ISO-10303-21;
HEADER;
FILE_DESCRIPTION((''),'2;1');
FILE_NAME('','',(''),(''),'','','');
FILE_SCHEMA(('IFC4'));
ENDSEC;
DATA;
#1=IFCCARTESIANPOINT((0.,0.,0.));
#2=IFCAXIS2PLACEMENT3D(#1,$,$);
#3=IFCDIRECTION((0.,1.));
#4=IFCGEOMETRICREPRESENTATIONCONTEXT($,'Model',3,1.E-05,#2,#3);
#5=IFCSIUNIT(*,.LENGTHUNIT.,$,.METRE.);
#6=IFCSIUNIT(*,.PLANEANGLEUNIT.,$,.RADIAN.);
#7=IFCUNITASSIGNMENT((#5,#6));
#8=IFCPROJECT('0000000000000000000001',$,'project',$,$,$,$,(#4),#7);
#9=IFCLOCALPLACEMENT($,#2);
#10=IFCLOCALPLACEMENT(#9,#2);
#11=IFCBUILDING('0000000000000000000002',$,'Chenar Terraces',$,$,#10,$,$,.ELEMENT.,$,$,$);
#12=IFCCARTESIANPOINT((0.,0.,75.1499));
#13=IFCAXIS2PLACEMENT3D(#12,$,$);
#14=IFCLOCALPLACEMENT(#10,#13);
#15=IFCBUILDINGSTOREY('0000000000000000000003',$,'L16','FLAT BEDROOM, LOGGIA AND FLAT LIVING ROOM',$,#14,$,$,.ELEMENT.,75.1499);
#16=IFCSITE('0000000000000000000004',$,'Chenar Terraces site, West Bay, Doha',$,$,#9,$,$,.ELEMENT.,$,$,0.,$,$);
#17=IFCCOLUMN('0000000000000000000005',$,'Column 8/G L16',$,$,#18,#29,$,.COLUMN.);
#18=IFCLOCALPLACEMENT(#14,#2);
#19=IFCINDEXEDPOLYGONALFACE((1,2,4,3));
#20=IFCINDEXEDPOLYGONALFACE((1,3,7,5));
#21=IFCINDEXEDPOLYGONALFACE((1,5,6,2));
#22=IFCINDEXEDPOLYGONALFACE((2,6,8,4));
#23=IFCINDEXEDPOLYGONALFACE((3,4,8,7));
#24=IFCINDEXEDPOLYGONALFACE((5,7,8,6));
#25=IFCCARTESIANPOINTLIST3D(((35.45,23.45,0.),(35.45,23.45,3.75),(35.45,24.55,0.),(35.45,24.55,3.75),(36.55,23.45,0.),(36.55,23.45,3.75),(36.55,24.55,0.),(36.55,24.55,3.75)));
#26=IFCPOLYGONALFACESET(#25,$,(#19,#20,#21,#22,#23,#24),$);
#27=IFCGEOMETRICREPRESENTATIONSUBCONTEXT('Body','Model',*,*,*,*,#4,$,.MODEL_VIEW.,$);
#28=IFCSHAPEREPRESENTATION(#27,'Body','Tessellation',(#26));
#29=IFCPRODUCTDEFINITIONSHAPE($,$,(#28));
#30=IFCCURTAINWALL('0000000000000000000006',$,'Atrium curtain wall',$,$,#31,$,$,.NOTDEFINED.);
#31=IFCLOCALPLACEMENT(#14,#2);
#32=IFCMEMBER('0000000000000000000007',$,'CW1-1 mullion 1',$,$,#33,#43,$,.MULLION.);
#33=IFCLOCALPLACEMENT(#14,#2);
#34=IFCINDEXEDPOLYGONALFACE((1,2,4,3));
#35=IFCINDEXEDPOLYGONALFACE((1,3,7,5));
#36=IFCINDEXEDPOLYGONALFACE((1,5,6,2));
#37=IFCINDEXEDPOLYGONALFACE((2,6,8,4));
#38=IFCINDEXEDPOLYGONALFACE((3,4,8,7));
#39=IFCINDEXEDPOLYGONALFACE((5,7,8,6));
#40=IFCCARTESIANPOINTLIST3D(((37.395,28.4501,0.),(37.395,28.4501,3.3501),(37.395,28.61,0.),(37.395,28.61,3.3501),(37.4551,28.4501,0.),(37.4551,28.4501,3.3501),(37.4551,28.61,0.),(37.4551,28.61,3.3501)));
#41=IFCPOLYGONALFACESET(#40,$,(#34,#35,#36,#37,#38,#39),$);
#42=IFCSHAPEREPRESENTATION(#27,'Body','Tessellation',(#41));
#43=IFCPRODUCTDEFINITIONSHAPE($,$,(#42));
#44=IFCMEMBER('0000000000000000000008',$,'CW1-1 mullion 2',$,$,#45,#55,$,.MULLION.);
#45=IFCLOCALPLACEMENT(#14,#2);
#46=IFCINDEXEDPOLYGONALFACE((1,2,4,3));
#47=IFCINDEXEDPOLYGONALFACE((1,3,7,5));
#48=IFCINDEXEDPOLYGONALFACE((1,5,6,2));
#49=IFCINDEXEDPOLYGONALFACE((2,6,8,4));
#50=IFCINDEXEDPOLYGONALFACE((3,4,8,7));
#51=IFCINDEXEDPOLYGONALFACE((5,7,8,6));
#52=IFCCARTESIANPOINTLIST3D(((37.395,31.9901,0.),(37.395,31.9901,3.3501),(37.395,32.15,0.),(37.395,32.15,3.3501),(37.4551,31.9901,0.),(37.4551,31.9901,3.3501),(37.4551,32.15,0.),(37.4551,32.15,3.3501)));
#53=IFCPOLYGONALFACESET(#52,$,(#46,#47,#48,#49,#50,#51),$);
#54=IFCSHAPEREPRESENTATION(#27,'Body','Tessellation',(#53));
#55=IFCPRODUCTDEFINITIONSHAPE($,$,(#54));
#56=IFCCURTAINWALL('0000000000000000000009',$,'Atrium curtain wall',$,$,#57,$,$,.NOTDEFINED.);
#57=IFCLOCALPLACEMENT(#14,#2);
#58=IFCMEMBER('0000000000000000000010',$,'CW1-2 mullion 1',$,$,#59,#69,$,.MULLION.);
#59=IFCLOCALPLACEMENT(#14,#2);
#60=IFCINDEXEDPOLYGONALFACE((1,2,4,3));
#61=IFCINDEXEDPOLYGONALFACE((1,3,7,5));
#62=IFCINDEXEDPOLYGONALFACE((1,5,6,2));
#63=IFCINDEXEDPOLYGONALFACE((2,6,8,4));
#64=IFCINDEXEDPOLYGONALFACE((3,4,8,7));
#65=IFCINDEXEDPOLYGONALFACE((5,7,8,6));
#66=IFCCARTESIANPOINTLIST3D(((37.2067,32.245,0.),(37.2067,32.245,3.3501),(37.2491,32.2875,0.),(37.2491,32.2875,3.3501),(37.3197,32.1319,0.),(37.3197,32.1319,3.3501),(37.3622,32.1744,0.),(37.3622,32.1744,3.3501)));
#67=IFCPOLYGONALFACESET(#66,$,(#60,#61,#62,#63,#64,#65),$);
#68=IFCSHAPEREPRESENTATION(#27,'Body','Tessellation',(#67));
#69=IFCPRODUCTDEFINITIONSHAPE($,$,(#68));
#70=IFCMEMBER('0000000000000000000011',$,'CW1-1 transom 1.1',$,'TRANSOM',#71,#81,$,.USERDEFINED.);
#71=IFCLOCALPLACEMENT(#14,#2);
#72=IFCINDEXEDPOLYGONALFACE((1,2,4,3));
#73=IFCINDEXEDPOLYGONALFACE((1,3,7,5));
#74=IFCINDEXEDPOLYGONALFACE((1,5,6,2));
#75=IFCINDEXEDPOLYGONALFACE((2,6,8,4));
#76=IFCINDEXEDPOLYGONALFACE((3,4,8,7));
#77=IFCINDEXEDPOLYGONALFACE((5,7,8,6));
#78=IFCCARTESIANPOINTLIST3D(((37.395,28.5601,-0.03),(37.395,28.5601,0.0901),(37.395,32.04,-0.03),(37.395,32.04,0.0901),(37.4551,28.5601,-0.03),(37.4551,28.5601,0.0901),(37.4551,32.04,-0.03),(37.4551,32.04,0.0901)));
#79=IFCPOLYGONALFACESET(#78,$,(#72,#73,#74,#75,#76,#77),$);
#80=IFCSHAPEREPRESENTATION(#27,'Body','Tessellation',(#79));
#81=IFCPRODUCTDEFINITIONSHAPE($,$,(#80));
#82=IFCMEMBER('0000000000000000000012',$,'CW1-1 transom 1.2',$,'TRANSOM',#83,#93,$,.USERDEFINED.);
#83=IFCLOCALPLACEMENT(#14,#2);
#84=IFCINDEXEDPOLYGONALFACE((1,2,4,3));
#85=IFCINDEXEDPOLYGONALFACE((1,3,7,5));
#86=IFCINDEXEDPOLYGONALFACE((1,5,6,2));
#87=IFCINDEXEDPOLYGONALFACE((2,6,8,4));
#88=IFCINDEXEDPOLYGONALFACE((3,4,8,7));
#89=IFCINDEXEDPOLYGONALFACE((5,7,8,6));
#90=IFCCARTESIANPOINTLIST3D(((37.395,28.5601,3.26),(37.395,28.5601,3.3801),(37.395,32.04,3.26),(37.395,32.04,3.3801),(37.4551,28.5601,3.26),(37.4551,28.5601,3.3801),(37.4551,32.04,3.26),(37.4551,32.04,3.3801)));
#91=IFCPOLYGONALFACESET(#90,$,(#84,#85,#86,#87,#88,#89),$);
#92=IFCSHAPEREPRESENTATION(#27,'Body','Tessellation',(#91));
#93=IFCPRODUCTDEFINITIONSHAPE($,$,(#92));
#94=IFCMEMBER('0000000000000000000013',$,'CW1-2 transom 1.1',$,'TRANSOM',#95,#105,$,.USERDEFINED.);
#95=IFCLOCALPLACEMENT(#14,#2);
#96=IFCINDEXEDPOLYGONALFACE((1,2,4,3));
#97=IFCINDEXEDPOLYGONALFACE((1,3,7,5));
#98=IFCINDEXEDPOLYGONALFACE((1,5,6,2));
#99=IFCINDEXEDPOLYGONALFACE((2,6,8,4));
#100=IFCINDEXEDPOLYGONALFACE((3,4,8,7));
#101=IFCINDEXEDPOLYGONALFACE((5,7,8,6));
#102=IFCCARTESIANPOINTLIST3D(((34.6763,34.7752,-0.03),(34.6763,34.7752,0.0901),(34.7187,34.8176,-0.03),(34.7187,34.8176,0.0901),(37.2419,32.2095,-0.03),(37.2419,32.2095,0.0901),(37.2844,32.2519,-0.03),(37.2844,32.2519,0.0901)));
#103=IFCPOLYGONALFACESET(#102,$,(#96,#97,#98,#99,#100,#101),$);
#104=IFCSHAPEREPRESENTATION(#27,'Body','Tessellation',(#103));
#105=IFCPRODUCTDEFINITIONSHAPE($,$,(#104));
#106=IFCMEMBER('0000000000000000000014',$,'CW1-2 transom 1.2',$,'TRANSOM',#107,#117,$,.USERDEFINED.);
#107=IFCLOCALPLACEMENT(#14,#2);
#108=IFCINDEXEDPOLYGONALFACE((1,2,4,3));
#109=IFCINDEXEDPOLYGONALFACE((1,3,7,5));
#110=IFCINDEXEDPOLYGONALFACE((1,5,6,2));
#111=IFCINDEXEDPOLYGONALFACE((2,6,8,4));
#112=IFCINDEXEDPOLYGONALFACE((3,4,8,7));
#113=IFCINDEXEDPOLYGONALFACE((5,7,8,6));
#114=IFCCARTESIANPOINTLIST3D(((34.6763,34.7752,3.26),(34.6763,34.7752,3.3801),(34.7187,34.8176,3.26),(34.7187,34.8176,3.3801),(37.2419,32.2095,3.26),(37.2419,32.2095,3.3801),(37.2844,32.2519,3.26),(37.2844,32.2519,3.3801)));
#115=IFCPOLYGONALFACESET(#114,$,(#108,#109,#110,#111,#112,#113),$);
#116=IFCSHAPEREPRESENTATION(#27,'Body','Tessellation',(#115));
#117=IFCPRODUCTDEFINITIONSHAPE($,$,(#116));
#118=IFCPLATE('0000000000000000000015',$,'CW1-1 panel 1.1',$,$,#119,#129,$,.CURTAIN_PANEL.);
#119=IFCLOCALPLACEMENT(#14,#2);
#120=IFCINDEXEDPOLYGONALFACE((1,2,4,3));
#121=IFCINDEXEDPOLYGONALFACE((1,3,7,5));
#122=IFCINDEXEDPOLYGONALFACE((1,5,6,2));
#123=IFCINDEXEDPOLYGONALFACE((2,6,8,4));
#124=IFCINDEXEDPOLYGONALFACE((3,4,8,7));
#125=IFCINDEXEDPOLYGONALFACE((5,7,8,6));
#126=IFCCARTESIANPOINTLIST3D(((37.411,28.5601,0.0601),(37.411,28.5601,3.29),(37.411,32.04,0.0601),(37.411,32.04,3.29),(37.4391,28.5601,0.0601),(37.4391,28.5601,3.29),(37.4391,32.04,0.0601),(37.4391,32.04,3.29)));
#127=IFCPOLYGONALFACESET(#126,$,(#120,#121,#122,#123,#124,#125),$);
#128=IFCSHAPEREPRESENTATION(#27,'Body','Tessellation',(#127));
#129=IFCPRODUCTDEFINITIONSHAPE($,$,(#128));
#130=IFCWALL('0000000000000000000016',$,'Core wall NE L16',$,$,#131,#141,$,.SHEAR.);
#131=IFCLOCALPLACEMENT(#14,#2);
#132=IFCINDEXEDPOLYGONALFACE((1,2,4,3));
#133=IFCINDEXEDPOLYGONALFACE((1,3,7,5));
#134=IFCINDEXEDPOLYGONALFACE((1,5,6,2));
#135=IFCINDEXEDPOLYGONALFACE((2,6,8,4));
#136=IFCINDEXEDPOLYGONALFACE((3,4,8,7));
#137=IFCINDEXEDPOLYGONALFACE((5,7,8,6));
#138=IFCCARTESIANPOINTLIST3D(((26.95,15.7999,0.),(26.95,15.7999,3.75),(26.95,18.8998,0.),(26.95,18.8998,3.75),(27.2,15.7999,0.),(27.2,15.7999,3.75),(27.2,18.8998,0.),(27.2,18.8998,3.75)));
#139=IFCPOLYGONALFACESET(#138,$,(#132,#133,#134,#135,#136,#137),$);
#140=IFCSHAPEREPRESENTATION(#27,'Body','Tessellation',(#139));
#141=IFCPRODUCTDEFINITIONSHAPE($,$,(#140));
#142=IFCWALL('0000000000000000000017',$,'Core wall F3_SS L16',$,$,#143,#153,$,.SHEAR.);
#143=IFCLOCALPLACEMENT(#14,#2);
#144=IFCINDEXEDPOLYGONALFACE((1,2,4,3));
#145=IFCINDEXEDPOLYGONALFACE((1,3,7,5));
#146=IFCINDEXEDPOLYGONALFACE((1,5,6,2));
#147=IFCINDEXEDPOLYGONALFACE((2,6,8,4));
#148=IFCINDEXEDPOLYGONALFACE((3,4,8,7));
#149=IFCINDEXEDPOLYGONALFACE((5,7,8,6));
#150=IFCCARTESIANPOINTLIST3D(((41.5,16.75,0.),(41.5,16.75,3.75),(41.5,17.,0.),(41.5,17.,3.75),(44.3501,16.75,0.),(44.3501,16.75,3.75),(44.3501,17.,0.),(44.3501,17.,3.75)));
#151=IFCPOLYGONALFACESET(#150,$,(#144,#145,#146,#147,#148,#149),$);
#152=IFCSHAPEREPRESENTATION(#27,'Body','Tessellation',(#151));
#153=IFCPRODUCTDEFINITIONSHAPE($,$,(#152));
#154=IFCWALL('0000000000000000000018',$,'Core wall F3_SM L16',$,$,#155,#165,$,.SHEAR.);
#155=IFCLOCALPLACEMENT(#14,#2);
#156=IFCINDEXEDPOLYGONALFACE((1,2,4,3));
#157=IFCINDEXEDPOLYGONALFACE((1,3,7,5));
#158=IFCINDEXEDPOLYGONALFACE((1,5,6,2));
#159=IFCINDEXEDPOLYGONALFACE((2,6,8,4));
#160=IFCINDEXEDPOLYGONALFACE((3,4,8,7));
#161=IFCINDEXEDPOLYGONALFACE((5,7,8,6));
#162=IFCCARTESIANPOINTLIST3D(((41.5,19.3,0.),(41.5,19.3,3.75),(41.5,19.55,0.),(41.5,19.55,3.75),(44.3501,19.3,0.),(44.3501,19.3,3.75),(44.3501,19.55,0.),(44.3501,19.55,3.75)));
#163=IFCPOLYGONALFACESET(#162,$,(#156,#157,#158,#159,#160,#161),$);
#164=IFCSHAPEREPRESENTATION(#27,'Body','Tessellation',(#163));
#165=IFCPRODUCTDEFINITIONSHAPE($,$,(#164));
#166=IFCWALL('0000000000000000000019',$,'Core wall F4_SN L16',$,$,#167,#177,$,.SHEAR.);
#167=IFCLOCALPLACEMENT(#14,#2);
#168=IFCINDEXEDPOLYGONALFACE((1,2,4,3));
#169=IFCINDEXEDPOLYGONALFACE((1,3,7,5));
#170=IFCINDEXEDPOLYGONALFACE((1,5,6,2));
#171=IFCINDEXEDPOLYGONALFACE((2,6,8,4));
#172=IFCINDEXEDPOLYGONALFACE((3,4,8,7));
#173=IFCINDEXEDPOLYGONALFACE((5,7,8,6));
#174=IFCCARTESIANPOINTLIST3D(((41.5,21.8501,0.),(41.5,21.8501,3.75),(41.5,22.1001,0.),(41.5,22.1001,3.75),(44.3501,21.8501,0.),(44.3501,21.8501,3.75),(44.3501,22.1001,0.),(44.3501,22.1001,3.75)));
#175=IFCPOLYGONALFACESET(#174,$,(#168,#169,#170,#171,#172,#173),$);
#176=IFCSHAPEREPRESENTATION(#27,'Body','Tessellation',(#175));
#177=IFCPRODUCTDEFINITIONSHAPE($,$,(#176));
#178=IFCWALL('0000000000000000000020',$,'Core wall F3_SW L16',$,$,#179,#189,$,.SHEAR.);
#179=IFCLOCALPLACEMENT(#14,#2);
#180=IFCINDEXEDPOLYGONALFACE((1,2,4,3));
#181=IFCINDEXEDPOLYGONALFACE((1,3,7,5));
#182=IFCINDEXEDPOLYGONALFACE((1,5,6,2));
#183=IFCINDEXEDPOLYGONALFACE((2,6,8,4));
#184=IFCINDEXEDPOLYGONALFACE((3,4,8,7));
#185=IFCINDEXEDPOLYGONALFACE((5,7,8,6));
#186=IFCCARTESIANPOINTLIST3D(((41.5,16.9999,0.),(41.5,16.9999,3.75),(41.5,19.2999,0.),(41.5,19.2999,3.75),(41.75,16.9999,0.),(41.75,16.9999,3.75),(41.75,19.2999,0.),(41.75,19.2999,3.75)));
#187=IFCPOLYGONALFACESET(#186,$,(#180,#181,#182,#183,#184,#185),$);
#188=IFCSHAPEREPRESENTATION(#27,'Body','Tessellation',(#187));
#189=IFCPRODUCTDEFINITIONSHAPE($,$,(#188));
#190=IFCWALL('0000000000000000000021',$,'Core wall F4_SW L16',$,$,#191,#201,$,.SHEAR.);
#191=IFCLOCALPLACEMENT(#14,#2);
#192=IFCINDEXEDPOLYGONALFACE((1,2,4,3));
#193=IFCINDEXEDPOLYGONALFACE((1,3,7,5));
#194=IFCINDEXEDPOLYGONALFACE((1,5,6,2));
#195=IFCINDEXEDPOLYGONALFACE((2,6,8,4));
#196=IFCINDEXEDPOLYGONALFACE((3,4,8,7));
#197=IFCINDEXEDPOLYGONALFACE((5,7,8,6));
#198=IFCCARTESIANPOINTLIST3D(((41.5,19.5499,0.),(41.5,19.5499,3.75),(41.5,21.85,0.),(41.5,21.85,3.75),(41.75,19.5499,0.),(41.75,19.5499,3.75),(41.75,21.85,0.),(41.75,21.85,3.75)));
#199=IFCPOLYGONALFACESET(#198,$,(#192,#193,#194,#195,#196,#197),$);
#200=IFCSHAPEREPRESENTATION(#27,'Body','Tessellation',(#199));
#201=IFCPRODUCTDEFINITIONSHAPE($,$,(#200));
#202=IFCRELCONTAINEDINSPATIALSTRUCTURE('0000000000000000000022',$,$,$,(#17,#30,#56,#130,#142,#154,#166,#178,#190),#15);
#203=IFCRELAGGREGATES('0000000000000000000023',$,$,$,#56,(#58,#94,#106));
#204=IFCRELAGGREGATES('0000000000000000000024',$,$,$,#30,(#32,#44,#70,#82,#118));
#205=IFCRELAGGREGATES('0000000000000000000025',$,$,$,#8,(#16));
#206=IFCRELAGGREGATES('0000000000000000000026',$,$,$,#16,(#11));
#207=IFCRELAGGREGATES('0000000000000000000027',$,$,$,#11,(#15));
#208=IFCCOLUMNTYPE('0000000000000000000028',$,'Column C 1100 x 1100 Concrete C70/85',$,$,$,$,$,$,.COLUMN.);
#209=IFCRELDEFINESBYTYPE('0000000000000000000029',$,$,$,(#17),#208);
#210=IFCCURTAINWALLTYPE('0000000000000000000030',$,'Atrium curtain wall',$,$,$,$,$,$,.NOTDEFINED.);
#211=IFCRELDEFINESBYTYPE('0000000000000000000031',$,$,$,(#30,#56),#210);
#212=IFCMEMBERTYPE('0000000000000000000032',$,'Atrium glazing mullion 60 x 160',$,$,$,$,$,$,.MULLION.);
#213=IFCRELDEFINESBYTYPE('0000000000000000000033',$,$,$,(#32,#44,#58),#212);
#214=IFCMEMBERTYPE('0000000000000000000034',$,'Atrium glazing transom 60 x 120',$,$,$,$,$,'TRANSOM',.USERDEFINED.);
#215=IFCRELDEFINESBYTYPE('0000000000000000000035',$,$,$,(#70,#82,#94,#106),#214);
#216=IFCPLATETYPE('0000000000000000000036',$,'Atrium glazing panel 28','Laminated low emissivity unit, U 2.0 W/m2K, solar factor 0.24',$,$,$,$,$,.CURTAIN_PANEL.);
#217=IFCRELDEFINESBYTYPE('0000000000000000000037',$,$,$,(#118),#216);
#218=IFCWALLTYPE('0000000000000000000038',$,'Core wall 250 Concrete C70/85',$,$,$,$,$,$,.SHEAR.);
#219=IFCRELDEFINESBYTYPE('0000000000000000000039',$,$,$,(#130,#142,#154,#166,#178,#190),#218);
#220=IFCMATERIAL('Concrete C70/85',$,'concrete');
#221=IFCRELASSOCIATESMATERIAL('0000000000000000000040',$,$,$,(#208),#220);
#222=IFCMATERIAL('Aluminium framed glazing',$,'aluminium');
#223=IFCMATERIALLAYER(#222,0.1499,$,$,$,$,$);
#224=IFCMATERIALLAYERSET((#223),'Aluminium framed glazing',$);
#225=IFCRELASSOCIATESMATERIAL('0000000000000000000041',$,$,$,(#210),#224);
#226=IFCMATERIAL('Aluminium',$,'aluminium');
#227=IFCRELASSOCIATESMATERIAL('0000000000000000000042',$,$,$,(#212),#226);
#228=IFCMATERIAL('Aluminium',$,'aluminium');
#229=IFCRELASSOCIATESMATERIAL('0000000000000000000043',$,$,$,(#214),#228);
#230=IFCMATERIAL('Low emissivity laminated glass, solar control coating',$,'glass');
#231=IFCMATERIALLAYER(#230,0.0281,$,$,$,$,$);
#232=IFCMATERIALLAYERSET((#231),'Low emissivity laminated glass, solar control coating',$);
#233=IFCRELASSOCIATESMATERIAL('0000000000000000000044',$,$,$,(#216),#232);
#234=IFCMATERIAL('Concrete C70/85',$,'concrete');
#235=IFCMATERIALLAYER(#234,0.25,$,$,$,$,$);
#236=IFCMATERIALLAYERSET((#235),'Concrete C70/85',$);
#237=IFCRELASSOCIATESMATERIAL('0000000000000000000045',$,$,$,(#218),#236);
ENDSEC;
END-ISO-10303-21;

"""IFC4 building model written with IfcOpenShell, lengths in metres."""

from ifc_helpers import new_model, si_unit, direction, frame, frame_2d, origin, origin_2d, place, context, subcontext, project, spatial, rectangle, extrude, material, layer, layer_set, material_profile, profile_set, type_object, element, aggregate, save


model = new_model("IFC4")

# Units and contexts
model_context = context("Model", 3, precision=1e-05, world=origin(), true_north=direction((0.0, 1.0)))
body_context = subcontext(model_context, "Body", "Model", "MODEL_VIEW")
ifc_project = project(units=[si_unit("LENGTHUNIT", "METRE"), si_unit("PLANEANGLEUNIT", "RADIAN")], contexts=[model_context])

# Site, building, storey
site_placement = place(None, origin())
site = spatial("IfcSite", under=ifc_project, at=site_placement, Name="Chenar Terraces site, West Bay, Doha", CompositionType="ELEMENT", RefElevation=0.0)
building_placement = place(site_placement, origin())
building = spatial("IfcBuilding", under=site, at=building_placement, Name="Chenar Terraces", CompositionType="ELEMENT")
storey_placement = place(building_placement, frame((0.0, 0.0, 75.1499)))
storey = spatial("IfcBuildingStorey", under=building, at=storey_placement, Name="L16", Description="FLAT BEDROOM, LOGGIA AND FLAT LIVING ROOM", CompositionType="ELEMENT", Elevation=75.1499)

# Column
ifc_material_1 = material(Name="Concrete C70/85", Category="concrete")
ifc_material_profile_1 = material_profile(ifc_material_1, rectangle(XDim=1.1001, YDim=1.1001, at=origin_2d()), Name="C 1100 x 1100")
ifc_profile_set_1 = profile_set([ifc_material_profile_1], Name="Concrete C70/85")
column_type = type_object("IfcColumnType", Name="Column C 1100 x 1100 Concrete C70/85", PredefinedType="COLUMN", material=ifc_profile_set_1)
column_placement = place(storey_placement, frame((36.0, 24.0, 0.0), z_axis=(0.0, 0.0, 1.0), x_axis=(1.0, 0.0, 0.0)))
element("IfcColumn", 1, at=column_placement, inside=storey, type_object=column_type, Name="Column 8/G L16", PredefinedType="COLUMN", context=body_context, shape_type="SweptSolid", body=[
    extrude(rectangle(XDim=1.1001, YDim=1.1001, at=origin_2d()), origin(), (0.0, 0.0, 1.0), 3.75),
])

# Curtain wall, members
ifc_material_2 = material(Name="Aluminium framed glazing", Category="aluminium")
ifc_layer_1 = layer(ifc_material_2, 0.1499)
ifc_layer_set_1 = layer_set([ifc_layer_1], Name="Aluminium framed glazing")
curtain_wall_type = type_object("IfcCurtainWallType", Name="Atrium curtain wall", PredefinedType="NOTDEFINED", material=ifc_layer_set_1)
placement = place(storey_placement, origin())
curtain_wall_1 = element("IfcCurtainWall", 2, at=placement, inside=storey, type_object=curtain_wall_type, Name="Atrium curtain wall", PredefinedType="NOTDEFINED")
ifc_material_3 = material(Name="Aluminium", Category="aluminium")
ifc_material_profile_2 = material_profile(ifc_material_3, rectangle(XDim=0.0601, YDim=0.1599, at=origin_2d()), Name="Atrium glazing mullion 60 x 160")
ifc_profile_set_2 = profile_set([ifc_material_profile_2], Name="Aluminium")
member_type_1 = type_object("IfcMemberType", Name="Atrium glazing mullion 60 x 160", PredefinedType="MULLION", material=ifc_profile_set_2)
member_1_placement = place(storey_placement, frame((37.425, 28.53, 0.0), z_axis=(0.0, 0.0, 1.0), x_axis=(-1.0, 0.0, 0.0)))
member_1 = element("IfcMember", 3, at=member_1_placement, type_object=member_type_1, Name="CW1-1 mullion 1", PredefinedType="MULLION", context=body_context, shape_type="SweptSolid", body=[
    extrude(rectangle(XDim=0.0601, YDim=0.1599, at=origin_2d()), origin(), (0.0, 0.0, 1.0), 3.3501),
])
member_2_placement = place(storey_placement, frame((37.425, 32.0701, 0.0), z_axis=(0.0, 0.0, 1.0), x_axis=(-1.0, 0.0, 0.0)))
member_2 = element("IfcMember", 4, at=member_2_placement, type_object=member_type_1, Name="CW1-1 mullion 2", PredefinedType="MULLION", context=body_context, shape_type="SweptSolid", body=[
    extrude(rectangle(XDim=0.0601, YDim=0.1599, at=origin_2d()), origin(), (0.0, 0.0, 1.0), 3.3501),
])

# Curtain wall, member
curtain_wall_2 = element("IfcCurtainWall", 5, at=placement, inside=storey, type_object=curtain_wall_type, Name="Atrium curtain wall", PredefinedType="NOTDEFINED")
member_3_placement = place(storey_placement, frame((37.2844, 32.2097, 0.0), z_axis=(0.0, 0.0, 1.0), x_axis=(-0.707107, -0.707107, 0.0)))
member_3 = element("IfcMember", 6, at=member_3_placement, type_object=member_type_1, Name="CW1-2 mullion 1", PredefinedType="MULLION", context=body_context, shape_type="SweptSolid", body=[
    extrude(rectangle(XDim=0.0601, YDim=0.1599, at=origin_2d()), origin(), (0.0, 0.0, 1.0), 3.3501),
])

# Members
ifc_material_4 = material(Name="Aluminium", Category="aluminium")
ifc_material_profile_3 = material_profile(ifc_material_4, rectangle(XDim=0.0601, YDim=0.1201, at=origin_2d()), Name="Atrium glazing transom 60 x 120")
ifc_profile_set_3 = profile_set([ifc_material_profile_3], Name="Aluminium")
member_type_2 = type_object("IfcMemberType", Name="Atrium glazing transom 60 x 120", ElementType="TRANSOM", PredefinedType="USERDEFINED", material=ifc_profile_set_3)
member_4_placement = place(storey_placement, frame((37.425, 28.5601, 0.03), z_axis=(0.0, 1.0, 0.0), x_axis=(-1.0, 0.0, 0.0)))
member_4 = element("IfcMember", 7, at=member_4_placement, type_object=member_type_2, Name="CW1-1 transom 1.1", ObjectType="TRANSOM", PredefinedType="USERDEFINED", context=body_context, shape_type="SweptSolid", body=[
    extrude(rectangle(XDim=0.0601, YDim=0.1201, at=origin_2d()), origin(), (0.0, 0.0, 1.0), 3.48),
])
member_5_placement = place(storey_placement, frame((37.425, 28.5601, 3.3201), z_axis=(0.0, 1.0, 0.0), x_axis=(-1.0, 0.0, 0.0)))
member_5 = element("IfcMember", 8, at=member_5_placement, type_object=member_type_2, Name="CW1-1 transom 1.2", ObjectType="TRANSOM", PredefinedType="USERDEFINED", context=body_context, shape_type="SweptSolid", body=[
    extrude(rectangle(XDim=0.0601, YDim=0.1201, at=origin_2d()), origin(), (0.0, 0.0, 1.0), 3.48),
])
member_6_placement = place(storey_placement, frame((37.2632, 32.2307, 0.03), z_axis=(-0.707107, 0.707107, 0.0), x_axis=(-0.707107, -0.707107, 0.0)))
member_6 = element("IfcMember", 9, at=member_6_placement, type_object=member_type_2, Name="CW1-2 transom 1.1", ObjectType="TRANSOM", PredefinedType="USERDEFINED", context=body_context, shape_type="SweptSolid", body=[
    extrude(rectangle(XDim=0.0601, YDim=0.1201, at=origin_2d()), origin(), (0.0, 0.0, 1.0), 3.6284),
])
member_7_placement = place(storey_placement, frame((37.2632, 32.2307, 3.3201), z_axis=(-0.707107, 0.707107, 0.0), x_axis=(-0.707107, -0.707107, 0.0)))
member_7 = element("IfcMember", 10, at=member_7_placement, type_object=member_type_2, Name="CW1-2 transom 1.2", ObjectType="TRANSOM", PredefinedType="USERDEFINED", context=body_context, shape_type="SweptSolid", body=[
    extrude(rectangle(XDim=0.0601, YDim=0.1201, at=origin_2d()), origin(), (0.0, 0.0, 1.0), 3.6284),
])
aggregate(curtain_wall_2, [member_3, member_6, member_7])

# Plate
ifc_material_5 = material(Name="Low emissivity laminated glass, solar control coating", Category="glass")
ifc_layer_2 = layer(ifc_material_5, 0.0281)
ifc_layer_set_2 = layer_set([ifc_layer_2], Name="Low emissivity laminated glass, solar control coating")
plate_type = type_object("IfcPlateType", Name="Atrium glazing panel 28", Description="Laminated low emissivity unit, U 2.0 W/m2K, solar factor 0.24", PredefinedType="CURTAIN_PANEL", material=ifc_layer_set_2)
plate_placement = place(storey_placement, frame((37.425, 30.3, 0.0601), z_axis=(0.0, 0.0, 1.0), x_axis=(0.0, 1.0, 0.0)))
plate = element("IfcPlate", 11, at=plate_placement, type_object=plate_type, Name="CW1-1 panel 1.1", PredefinedType="CURTAIN_PANEL", context=body_context, shape_type="SweptSolid", body=[
    extrude(rectangle(XDim=3.48, YDim=0.0281, at=origin_2d()), origin(), (0.0, 0.0, 1.0), 3.23),
])
aggregate(curtain_wall_1, [member_1, member_2, member_4, member_5, plate])

# Walls
ifc_material_6 = material(Name="Concrete C70/85", Category="concrete")
ifc_layer_3 = layer(ifc_material_6, 0.25)
ifc_layer_set_3 = layer_set([ifc_layer_3], Name="Concrete C70/85")
wall_type_1 = type_object("IfcWallType", Name="Core wall 250 Concrete C70/85", PredefinedType="SHEAR", material=ifc_layer_set_3)
wall_1_placement = place(storey_placement, frame((27.075, 15.8, 0.0), z_axis=(0.0, 0.0, 1.0), x_axis=(0.0, 1.0, 0.0)))
element("IfcWall", 12, at=wall_1_placement, inside=storey, type_object=wall_type_1, Name="Core wall NE L16", PredefinedType="SHEAR", context=body_context, shape_type="SweptSolid", body=[
    extrude(rectangle(XDim=3.0999, YDim=0.25, at=frame_2d((1.5498, 0.0))), origin(), (0.0, 0.0, 1.0), 3.75),
])
for number, where, z_axis, x_axis, name in (
    (13, (41.5, 16.875, 0.0), (0.0, 0.0, 1.0), (1.0, 0.0, 0.0), "Core wall F3_SS L16"),
    (14, (41.5, 19.425, 0.0), (0.0, 0.0, 1.0), (1.0, 0.0, 0.0), "Core wall F3_SM L16"),
    (15, (41.5, 21.9751, 0.0), (0.0, 0.0, 1.0), (1.0, 0.0, 0.0), "Core wall F4_SN L16"),
):
    element("IfcWall", number, at=place(storey_placement, frame(where, z_axis=z_axis, x_axis=x_axis)), inside=storey, type_object=wall_type_1, Name=name, PredefinedType="SHEAR", context=body_context, shape_type="SweptSolid", body=[
        extrude(rectangle(XDim=2.8501, YDim=0.25, at=frame_2d((1.425, 0.0))), origin(), (0.0, 0.0, 1.0), 3.75),
    ])
for number, where, z_axis, x_axis, name in (
    (16, (41.625, 17.0, 0.0), (0.0, 0.0, 1.0), (0.0, 1.0, 0.0), "Core wall F3_SW L16"),
    (17, (41.625, 19.55, 0.0), (0.0, 0.0, 1.0), (0.0, 1.0, 0.0), "Core wall F4_SW L16"),
):
    element("IfcWall", number, at=place(storey_placement, frame(where, z_axis=z_axis, x_axis=x_axis)), inside=storey, type_object=wall_type_1, Name=name, PredefinedType="SHEAR", context=body_context, shape_type="SweptSolid", body=[
        extrude(rectangle(XDim=2.3, YDim=0.25, at=frame_2d((1.1499, 0.0))), origin(), (0.0, 0.0, 1.0), 3.75),
    ])

save(model, "model.ifc")
